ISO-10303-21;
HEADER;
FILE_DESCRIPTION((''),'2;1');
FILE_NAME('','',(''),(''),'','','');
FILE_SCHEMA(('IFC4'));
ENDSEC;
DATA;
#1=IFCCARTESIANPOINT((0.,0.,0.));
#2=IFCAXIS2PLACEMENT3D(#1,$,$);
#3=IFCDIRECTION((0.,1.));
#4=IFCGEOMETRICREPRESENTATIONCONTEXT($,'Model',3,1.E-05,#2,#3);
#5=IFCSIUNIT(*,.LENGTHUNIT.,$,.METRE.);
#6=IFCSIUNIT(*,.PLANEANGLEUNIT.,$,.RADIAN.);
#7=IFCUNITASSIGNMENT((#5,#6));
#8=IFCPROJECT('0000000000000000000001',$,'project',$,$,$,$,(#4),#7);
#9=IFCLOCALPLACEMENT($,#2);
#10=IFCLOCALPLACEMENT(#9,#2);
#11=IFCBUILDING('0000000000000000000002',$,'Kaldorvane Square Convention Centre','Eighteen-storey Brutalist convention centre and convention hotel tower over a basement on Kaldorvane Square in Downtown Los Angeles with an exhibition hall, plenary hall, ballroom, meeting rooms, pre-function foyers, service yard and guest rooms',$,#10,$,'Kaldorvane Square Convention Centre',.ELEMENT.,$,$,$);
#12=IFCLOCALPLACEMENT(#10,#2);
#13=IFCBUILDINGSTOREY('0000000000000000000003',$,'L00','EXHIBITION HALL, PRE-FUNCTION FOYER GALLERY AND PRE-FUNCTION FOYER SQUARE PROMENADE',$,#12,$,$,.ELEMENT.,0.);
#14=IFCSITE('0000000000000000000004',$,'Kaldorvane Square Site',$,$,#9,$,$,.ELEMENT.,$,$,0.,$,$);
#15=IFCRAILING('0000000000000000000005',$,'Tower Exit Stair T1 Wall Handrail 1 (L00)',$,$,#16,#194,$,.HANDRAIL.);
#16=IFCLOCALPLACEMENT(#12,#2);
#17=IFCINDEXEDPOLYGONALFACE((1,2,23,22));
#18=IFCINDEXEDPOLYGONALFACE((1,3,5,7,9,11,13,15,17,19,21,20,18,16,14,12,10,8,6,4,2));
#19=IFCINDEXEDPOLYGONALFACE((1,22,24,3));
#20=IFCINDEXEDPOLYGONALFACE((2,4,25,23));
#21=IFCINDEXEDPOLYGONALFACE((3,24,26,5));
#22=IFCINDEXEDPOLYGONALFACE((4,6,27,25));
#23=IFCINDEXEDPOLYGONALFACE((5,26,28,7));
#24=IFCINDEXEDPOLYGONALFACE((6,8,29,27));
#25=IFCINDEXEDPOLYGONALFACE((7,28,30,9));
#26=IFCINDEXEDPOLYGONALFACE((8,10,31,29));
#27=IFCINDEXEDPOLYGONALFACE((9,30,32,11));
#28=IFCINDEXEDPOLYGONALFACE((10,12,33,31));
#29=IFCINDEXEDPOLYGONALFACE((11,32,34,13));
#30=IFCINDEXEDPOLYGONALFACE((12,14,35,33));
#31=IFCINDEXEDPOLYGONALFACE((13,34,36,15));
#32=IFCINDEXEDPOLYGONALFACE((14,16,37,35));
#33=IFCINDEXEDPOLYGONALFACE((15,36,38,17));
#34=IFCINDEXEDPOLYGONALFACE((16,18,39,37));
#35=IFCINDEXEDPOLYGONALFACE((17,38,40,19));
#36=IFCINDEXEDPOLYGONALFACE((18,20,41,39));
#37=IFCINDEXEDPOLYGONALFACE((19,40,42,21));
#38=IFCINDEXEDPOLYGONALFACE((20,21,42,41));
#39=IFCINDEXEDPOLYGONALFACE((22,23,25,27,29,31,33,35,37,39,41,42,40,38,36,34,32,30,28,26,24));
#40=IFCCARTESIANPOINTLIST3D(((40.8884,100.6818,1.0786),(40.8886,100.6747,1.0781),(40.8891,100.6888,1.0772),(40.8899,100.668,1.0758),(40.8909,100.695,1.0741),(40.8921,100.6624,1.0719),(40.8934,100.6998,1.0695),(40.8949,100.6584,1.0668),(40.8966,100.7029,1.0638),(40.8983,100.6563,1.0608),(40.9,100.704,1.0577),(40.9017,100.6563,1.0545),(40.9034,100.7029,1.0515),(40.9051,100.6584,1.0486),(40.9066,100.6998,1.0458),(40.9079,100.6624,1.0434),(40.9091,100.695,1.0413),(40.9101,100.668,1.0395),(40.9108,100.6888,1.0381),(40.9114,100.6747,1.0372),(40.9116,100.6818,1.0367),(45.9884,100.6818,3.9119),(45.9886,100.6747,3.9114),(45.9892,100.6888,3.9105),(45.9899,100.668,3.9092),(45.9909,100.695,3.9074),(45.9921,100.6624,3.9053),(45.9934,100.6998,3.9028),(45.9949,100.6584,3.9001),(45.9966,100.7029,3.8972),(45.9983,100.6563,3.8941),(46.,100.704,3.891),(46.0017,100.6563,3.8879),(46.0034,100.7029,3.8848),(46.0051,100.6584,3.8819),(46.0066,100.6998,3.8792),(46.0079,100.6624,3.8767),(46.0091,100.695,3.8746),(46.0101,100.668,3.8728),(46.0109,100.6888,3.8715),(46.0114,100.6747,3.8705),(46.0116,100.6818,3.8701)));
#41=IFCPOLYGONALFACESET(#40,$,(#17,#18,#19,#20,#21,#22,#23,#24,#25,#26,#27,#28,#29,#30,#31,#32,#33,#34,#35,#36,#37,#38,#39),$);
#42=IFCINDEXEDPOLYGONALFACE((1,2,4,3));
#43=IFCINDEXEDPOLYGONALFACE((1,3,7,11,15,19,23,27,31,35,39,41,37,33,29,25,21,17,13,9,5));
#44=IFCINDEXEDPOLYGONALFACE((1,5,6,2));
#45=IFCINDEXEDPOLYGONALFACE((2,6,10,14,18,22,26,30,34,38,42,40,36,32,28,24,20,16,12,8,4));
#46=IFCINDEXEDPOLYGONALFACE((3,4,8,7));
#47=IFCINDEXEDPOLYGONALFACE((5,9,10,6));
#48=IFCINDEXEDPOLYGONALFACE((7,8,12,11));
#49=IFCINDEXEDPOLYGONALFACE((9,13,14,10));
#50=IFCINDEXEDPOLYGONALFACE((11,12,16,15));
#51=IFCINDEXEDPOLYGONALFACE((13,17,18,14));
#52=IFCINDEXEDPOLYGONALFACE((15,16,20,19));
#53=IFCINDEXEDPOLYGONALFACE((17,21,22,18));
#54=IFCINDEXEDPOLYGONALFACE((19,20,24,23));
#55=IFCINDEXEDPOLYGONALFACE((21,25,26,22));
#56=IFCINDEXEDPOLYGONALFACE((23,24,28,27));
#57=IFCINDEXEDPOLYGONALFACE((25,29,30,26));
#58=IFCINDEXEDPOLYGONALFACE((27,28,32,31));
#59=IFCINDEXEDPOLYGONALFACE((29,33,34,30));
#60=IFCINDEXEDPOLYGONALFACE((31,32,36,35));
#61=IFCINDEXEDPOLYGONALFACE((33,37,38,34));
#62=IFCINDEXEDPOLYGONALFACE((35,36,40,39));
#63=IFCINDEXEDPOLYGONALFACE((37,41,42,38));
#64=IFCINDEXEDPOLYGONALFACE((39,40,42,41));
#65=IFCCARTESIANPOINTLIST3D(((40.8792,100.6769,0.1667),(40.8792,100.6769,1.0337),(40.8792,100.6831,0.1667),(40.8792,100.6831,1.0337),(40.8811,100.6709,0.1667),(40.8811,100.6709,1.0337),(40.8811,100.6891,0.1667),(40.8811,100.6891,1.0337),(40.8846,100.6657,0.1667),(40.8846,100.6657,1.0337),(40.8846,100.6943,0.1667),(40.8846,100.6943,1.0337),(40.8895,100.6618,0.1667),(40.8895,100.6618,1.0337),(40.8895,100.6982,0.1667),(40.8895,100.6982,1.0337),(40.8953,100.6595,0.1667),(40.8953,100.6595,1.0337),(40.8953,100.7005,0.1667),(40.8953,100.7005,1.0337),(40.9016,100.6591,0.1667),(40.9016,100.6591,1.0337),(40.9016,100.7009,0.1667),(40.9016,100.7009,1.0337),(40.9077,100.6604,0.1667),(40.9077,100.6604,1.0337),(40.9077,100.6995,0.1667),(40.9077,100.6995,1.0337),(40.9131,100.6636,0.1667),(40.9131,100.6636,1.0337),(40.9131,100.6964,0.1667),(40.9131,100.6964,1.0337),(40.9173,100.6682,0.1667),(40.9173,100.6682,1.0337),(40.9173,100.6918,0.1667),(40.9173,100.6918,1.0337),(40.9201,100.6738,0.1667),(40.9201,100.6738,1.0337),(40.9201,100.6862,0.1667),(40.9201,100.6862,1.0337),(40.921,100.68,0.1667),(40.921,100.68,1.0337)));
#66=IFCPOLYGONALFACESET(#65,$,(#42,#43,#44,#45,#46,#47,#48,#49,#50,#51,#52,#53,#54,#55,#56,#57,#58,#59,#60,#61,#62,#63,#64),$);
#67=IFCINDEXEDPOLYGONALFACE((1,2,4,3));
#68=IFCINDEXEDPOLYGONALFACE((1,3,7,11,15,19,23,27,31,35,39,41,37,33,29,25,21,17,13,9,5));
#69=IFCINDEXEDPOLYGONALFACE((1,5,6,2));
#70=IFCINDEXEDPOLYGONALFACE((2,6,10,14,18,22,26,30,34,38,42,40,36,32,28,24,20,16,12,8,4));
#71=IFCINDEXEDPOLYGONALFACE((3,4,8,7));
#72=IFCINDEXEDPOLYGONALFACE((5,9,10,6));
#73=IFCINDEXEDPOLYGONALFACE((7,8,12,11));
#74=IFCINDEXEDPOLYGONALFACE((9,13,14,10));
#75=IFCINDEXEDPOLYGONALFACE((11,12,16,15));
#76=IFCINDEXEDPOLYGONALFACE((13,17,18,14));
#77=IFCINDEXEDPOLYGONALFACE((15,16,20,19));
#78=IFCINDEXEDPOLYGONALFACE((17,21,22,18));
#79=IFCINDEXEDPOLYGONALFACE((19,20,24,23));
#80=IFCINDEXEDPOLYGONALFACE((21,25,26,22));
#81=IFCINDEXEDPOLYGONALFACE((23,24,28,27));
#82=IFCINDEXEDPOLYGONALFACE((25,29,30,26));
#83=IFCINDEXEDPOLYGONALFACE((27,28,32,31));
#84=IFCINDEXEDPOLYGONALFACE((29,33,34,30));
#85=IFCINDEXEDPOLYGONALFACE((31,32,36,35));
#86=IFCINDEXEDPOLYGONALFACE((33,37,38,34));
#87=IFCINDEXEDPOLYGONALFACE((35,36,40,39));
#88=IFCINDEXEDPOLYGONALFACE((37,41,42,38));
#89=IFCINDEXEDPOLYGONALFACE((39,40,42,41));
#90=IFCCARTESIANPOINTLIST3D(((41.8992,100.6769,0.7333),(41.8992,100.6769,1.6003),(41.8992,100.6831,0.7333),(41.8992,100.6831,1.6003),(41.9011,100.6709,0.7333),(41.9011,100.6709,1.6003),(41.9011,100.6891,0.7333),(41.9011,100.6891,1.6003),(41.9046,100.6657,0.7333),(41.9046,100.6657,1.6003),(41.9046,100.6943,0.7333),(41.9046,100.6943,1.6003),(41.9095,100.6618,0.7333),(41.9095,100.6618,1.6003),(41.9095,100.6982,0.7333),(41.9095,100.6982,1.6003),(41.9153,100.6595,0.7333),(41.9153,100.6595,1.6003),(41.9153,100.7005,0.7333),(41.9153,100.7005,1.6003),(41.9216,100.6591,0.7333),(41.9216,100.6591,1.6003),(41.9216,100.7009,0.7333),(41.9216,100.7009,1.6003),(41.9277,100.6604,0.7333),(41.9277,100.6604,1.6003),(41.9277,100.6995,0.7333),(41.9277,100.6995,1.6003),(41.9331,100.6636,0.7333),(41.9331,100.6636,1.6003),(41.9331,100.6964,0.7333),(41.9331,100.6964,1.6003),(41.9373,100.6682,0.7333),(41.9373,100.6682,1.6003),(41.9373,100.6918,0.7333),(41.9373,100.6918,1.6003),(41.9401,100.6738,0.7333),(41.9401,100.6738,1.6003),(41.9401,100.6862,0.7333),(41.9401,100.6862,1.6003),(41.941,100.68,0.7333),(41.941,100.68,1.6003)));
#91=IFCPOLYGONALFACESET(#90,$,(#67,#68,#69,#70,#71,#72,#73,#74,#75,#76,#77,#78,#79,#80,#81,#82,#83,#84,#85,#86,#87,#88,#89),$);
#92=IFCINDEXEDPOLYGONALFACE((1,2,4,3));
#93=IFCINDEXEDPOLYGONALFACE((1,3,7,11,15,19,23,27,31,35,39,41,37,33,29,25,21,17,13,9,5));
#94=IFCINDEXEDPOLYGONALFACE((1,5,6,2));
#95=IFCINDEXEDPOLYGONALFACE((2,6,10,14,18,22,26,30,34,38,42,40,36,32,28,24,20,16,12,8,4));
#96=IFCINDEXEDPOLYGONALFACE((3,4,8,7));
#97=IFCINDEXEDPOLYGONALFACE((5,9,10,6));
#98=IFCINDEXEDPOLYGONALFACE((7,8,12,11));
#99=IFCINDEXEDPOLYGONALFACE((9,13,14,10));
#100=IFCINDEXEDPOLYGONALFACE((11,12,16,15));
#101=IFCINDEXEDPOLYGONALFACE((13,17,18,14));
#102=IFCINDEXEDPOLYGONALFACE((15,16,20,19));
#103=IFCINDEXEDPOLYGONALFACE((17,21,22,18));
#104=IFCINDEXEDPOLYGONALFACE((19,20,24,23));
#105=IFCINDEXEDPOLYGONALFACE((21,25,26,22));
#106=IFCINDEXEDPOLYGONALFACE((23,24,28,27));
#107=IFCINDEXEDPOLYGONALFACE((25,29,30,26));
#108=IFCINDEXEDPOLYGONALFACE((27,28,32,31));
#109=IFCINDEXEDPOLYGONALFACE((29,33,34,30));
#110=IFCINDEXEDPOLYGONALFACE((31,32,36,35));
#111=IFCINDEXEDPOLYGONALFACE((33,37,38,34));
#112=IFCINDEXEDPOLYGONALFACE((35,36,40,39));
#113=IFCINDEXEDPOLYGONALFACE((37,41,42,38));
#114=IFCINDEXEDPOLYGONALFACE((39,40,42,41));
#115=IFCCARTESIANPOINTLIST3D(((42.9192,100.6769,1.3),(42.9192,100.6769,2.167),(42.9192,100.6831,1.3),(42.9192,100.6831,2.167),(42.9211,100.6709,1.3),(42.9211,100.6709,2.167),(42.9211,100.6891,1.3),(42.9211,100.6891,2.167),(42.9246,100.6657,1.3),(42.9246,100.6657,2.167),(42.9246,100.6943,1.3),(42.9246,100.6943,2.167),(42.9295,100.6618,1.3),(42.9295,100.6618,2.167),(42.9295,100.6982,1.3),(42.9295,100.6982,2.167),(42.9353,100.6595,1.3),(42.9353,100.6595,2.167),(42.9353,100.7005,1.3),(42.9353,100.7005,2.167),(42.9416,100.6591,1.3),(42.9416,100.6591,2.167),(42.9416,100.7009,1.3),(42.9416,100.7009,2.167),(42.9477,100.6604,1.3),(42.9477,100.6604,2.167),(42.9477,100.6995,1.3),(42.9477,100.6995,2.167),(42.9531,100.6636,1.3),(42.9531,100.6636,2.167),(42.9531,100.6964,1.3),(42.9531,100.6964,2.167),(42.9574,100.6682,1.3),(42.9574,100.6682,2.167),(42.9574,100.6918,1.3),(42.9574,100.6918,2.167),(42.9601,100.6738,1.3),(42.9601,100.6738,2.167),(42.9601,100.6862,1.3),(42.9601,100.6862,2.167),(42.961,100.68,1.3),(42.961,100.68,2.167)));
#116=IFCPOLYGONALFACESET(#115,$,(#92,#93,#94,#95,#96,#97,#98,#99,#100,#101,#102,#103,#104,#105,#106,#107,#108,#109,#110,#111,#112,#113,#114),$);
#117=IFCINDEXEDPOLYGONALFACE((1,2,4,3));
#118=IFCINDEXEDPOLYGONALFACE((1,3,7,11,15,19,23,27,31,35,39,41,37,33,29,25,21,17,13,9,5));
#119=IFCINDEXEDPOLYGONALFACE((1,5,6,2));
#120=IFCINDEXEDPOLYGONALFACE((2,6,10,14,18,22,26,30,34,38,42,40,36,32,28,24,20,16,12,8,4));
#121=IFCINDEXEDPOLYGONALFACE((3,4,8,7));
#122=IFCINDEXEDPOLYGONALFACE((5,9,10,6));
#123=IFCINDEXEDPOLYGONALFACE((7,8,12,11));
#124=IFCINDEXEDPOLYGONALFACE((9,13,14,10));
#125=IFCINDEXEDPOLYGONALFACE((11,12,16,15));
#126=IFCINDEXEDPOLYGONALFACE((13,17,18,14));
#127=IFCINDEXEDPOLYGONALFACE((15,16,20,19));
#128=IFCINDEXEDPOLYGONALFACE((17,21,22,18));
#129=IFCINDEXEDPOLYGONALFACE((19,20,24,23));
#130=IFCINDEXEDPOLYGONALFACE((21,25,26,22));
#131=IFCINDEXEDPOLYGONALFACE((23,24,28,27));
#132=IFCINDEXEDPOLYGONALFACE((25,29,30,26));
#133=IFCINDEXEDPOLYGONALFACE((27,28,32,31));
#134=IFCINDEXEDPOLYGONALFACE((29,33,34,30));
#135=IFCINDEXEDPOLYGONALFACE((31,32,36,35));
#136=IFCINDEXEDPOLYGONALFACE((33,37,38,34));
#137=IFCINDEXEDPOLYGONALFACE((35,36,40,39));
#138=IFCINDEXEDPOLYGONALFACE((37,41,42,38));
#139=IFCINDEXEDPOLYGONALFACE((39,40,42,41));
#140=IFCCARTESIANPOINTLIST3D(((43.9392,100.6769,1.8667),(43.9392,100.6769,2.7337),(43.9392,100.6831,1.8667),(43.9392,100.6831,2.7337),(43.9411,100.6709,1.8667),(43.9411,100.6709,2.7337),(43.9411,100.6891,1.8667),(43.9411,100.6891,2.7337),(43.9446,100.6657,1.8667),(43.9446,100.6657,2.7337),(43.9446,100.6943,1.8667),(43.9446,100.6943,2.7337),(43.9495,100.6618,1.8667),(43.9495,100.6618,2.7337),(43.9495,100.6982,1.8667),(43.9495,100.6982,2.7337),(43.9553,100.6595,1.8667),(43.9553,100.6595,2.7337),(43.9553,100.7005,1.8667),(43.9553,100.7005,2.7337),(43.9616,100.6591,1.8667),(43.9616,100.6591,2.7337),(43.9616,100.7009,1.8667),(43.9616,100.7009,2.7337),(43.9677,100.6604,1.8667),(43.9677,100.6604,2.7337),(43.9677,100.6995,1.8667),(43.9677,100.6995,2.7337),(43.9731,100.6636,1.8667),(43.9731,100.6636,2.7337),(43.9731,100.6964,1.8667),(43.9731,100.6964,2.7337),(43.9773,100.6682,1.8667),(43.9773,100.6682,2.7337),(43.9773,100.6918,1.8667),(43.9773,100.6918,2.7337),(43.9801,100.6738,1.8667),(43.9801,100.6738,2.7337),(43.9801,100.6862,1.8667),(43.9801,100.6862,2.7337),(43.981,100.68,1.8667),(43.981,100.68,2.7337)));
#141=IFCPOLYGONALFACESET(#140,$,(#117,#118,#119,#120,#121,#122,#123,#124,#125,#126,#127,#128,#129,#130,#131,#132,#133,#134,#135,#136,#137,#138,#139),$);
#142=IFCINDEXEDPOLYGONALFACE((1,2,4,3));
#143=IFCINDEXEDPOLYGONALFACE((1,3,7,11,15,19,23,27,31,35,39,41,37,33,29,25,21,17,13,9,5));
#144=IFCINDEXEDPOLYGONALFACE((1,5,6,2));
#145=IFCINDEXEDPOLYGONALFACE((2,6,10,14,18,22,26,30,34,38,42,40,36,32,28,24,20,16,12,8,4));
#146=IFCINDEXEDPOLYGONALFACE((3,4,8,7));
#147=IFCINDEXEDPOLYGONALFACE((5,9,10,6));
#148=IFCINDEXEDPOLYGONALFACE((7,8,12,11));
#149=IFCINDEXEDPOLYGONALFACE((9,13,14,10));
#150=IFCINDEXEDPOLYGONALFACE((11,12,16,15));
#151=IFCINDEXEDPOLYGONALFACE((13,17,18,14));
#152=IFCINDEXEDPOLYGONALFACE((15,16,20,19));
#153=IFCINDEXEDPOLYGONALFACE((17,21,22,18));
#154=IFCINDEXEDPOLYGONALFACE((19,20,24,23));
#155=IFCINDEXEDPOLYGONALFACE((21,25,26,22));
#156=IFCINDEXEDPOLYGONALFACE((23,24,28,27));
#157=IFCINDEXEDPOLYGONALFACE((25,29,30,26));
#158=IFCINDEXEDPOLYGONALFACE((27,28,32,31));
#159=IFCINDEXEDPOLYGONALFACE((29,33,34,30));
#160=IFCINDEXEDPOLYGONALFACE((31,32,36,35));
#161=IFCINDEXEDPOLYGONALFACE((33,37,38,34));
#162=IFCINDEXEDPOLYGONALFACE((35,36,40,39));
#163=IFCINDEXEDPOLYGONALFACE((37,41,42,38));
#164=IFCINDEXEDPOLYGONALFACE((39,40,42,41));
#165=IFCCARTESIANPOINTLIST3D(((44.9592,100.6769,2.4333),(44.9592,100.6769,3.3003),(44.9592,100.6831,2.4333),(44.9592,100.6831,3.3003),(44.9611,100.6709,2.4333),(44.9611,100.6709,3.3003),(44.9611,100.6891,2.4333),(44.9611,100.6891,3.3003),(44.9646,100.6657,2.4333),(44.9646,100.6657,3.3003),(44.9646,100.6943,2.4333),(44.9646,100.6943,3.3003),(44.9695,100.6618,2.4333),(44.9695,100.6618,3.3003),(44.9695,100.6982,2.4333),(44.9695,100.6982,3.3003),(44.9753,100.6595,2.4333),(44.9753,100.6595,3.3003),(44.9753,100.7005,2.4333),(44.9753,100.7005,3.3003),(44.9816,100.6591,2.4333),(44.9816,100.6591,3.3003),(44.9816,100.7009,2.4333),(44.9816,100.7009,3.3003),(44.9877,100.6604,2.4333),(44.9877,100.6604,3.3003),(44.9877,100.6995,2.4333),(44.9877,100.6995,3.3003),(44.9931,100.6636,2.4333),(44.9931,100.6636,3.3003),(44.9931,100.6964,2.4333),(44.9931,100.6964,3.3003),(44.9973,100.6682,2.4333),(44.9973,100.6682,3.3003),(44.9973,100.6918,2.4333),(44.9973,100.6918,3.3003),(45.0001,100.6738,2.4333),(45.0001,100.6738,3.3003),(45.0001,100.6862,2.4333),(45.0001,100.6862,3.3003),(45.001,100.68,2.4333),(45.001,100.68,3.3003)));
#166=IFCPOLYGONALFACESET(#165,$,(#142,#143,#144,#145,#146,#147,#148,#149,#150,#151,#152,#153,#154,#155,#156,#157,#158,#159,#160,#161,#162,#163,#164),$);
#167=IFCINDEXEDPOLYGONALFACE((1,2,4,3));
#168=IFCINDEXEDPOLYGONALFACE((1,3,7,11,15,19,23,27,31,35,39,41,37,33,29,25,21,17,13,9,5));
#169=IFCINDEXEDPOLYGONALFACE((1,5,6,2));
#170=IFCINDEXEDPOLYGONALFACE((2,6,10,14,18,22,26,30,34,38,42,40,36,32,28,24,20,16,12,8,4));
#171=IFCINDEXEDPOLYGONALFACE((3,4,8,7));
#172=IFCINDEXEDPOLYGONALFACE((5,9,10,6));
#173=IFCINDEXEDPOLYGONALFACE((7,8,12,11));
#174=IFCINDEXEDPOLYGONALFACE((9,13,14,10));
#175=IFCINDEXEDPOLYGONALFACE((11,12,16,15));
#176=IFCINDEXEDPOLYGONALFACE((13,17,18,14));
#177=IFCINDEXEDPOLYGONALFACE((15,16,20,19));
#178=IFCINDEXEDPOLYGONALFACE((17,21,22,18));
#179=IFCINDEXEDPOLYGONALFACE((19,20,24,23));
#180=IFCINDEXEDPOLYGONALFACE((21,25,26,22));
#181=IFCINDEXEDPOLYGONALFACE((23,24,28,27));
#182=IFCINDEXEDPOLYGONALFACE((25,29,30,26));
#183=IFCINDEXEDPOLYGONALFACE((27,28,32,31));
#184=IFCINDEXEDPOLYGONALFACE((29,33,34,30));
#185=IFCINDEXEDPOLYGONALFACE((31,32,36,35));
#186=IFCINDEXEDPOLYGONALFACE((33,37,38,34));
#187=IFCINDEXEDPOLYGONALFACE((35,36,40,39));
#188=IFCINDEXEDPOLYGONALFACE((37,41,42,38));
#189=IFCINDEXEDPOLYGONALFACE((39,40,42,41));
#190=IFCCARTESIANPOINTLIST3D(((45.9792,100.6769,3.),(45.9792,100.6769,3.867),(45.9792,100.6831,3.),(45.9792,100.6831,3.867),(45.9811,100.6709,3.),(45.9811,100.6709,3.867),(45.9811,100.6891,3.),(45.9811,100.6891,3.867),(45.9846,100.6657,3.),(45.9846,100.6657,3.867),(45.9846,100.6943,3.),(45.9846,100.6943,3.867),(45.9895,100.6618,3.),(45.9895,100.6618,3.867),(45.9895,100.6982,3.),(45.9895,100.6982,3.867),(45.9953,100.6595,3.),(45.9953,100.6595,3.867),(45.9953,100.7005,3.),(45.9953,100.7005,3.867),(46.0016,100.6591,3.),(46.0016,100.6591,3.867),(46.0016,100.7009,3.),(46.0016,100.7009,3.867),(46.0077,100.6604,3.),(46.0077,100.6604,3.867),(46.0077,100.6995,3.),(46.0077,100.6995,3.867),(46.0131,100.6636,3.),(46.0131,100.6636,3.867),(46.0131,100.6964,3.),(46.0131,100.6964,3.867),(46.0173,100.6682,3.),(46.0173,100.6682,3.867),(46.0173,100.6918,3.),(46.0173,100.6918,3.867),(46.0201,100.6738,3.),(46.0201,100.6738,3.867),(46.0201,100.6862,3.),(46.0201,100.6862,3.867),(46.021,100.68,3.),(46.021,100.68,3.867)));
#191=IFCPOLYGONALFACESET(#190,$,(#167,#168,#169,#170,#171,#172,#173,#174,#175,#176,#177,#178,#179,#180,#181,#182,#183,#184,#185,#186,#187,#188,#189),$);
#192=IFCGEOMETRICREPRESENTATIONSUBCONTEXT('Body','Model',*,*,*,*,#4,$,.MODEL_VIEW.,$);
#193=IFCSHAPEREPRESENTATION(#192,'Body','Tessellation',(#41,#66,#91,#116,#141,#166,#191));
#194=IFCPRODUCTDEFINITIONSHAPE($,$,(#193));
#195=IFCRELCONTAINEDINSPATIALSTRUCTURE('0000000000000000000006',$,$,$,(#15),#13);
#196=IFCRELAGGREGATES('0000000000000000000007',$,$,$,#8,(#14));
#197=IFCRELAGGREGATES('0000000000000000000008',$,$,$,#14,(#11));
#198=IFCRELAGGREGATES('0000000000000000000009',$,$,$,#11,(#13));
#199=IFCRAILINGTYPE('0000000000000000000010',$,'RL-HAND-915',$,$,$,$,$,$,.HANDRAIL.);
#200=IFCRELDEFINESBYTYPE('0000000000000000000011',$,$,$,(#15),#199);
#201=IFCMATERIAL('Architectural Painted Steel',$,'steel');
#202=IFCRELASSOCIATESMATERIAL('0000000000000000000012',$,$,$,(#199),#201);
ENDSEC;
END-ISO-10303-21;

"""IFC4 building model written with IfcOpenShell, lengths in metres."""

from ifc_helpers import new_model, si_unit, direction, frame, origin, origin_2d, place, context, subcontext, project, spatial, circle, extrude, material, type_object, element, save


model = new_model("IFC4")

# Units and contexts
model_context = context("Model", 3, precision=1e-05, world=origin(), true_north=direction((0.0, 1.0)))
body_context = subcontext(model_context, "Body", "Model", "MODEL_VIEW")
ifc_project = project(units=[si_unit("LENGTHUNIT", "METRE"), si_unit("PLANEANGLEUNIT", "RADIAN")], contexts=[model_context])

# Site, building, storey
site_placement = place(None, origin())
site = spatial("IfcSite", under=ifc_project, at=site_placement, Name="Kaldorvane Square Site", CompositionType="ELEMENT", RefElevation=0.0)
building_placement = place(site_placement, origin())
building = spatial("IfcBuilding", under=site, at=building_placement, Name="Kaldorvane Square Convention Centre", Description="Eighteen-storey Brutalist convention centre and convention hotel tower over a basement on Kaldorvane Square in Downtown Los Angeles with an exhibition hall, plenary hall, ballroom, meeting rooms, pre-function foyers, service yard and guest rooms", LongName="Kaldorvane Square Convention Centre", CompositionType="ELEMENT")
storey_placement = place(building_placement, origin())
storey = spatial("IfcBuildingStorey", under=building, at=storey_placement, Name="L00", Description="EXHIBITION HALL, PRE-FUNCTION FOYER GALLERY AND PRE-FUNCTION FOYER SQUARE PROMENADE", CompositionType="ELEMENT", Elevation=0.0)

# Railing
ifc_material_1 = material(Name="Architectural Painted Steel", Category="steel")
railing_type_1 = type_object("IfcRailingType", Name="RL-HAND-915", PredefinedType="HANDRAIL", material=ifc_material_1)
railing_1_placement = place(storey_placement, frame((40.9, 100.68, 0.1667)))
element("IfcRailing", 1, at=railing_1_placement, inside=storey, type_object=railing_type_1, Name="Tower Exit Stair T1 Wall Handrail 1 (L00)", PredefinedType="HANDRAIL", context=body_context, shape_type="SweptSolid", body=[
    extrude(circle(Radius=0.024, at=origin_2d()), frame((0.0, 0.0, 0.891), z_axis=(0.874158, 0.0, 0.485642), x_axis=(0.0, 1.0, 0.0)), (0.0, 0.0, 1.0), 5.8342),
    extrude(circle(Radius=0.021, at=origin_2d()), origin(), (0.0, 0.0, 1.0), 0.867),
    extrude(circle(Radius=0.021, at=origin_2d()), frame((1.02, 0.0, 0.5667)), (0.0, 0.0, 1.0), 0.867),
    extrude(circle(Radius=0.021, at=origin_2d()), frame((2.04, 0.0, 1.1333)), (0.0, 0.0, 1.0), 0.867),
    extrude(circle(Radius=0.021, at=origin_2d()), frame((3.06, 0.0, 1.7)), (0.0, 0.0, 1.0), 0.867),
    extrude(circle(Radius=0.021, at=origin_2d()), frame((4.08, 0.0, 2.2667)), (0.0, 0.0, 1.0), 0.867),
    extrude(circle(Radius=0.021, at=origin_2d()), frame((5.1, 0.0, 2.8333)), (0.0, 0.0, 1.0), 0.867),
])

save(model, "model.ifc")
